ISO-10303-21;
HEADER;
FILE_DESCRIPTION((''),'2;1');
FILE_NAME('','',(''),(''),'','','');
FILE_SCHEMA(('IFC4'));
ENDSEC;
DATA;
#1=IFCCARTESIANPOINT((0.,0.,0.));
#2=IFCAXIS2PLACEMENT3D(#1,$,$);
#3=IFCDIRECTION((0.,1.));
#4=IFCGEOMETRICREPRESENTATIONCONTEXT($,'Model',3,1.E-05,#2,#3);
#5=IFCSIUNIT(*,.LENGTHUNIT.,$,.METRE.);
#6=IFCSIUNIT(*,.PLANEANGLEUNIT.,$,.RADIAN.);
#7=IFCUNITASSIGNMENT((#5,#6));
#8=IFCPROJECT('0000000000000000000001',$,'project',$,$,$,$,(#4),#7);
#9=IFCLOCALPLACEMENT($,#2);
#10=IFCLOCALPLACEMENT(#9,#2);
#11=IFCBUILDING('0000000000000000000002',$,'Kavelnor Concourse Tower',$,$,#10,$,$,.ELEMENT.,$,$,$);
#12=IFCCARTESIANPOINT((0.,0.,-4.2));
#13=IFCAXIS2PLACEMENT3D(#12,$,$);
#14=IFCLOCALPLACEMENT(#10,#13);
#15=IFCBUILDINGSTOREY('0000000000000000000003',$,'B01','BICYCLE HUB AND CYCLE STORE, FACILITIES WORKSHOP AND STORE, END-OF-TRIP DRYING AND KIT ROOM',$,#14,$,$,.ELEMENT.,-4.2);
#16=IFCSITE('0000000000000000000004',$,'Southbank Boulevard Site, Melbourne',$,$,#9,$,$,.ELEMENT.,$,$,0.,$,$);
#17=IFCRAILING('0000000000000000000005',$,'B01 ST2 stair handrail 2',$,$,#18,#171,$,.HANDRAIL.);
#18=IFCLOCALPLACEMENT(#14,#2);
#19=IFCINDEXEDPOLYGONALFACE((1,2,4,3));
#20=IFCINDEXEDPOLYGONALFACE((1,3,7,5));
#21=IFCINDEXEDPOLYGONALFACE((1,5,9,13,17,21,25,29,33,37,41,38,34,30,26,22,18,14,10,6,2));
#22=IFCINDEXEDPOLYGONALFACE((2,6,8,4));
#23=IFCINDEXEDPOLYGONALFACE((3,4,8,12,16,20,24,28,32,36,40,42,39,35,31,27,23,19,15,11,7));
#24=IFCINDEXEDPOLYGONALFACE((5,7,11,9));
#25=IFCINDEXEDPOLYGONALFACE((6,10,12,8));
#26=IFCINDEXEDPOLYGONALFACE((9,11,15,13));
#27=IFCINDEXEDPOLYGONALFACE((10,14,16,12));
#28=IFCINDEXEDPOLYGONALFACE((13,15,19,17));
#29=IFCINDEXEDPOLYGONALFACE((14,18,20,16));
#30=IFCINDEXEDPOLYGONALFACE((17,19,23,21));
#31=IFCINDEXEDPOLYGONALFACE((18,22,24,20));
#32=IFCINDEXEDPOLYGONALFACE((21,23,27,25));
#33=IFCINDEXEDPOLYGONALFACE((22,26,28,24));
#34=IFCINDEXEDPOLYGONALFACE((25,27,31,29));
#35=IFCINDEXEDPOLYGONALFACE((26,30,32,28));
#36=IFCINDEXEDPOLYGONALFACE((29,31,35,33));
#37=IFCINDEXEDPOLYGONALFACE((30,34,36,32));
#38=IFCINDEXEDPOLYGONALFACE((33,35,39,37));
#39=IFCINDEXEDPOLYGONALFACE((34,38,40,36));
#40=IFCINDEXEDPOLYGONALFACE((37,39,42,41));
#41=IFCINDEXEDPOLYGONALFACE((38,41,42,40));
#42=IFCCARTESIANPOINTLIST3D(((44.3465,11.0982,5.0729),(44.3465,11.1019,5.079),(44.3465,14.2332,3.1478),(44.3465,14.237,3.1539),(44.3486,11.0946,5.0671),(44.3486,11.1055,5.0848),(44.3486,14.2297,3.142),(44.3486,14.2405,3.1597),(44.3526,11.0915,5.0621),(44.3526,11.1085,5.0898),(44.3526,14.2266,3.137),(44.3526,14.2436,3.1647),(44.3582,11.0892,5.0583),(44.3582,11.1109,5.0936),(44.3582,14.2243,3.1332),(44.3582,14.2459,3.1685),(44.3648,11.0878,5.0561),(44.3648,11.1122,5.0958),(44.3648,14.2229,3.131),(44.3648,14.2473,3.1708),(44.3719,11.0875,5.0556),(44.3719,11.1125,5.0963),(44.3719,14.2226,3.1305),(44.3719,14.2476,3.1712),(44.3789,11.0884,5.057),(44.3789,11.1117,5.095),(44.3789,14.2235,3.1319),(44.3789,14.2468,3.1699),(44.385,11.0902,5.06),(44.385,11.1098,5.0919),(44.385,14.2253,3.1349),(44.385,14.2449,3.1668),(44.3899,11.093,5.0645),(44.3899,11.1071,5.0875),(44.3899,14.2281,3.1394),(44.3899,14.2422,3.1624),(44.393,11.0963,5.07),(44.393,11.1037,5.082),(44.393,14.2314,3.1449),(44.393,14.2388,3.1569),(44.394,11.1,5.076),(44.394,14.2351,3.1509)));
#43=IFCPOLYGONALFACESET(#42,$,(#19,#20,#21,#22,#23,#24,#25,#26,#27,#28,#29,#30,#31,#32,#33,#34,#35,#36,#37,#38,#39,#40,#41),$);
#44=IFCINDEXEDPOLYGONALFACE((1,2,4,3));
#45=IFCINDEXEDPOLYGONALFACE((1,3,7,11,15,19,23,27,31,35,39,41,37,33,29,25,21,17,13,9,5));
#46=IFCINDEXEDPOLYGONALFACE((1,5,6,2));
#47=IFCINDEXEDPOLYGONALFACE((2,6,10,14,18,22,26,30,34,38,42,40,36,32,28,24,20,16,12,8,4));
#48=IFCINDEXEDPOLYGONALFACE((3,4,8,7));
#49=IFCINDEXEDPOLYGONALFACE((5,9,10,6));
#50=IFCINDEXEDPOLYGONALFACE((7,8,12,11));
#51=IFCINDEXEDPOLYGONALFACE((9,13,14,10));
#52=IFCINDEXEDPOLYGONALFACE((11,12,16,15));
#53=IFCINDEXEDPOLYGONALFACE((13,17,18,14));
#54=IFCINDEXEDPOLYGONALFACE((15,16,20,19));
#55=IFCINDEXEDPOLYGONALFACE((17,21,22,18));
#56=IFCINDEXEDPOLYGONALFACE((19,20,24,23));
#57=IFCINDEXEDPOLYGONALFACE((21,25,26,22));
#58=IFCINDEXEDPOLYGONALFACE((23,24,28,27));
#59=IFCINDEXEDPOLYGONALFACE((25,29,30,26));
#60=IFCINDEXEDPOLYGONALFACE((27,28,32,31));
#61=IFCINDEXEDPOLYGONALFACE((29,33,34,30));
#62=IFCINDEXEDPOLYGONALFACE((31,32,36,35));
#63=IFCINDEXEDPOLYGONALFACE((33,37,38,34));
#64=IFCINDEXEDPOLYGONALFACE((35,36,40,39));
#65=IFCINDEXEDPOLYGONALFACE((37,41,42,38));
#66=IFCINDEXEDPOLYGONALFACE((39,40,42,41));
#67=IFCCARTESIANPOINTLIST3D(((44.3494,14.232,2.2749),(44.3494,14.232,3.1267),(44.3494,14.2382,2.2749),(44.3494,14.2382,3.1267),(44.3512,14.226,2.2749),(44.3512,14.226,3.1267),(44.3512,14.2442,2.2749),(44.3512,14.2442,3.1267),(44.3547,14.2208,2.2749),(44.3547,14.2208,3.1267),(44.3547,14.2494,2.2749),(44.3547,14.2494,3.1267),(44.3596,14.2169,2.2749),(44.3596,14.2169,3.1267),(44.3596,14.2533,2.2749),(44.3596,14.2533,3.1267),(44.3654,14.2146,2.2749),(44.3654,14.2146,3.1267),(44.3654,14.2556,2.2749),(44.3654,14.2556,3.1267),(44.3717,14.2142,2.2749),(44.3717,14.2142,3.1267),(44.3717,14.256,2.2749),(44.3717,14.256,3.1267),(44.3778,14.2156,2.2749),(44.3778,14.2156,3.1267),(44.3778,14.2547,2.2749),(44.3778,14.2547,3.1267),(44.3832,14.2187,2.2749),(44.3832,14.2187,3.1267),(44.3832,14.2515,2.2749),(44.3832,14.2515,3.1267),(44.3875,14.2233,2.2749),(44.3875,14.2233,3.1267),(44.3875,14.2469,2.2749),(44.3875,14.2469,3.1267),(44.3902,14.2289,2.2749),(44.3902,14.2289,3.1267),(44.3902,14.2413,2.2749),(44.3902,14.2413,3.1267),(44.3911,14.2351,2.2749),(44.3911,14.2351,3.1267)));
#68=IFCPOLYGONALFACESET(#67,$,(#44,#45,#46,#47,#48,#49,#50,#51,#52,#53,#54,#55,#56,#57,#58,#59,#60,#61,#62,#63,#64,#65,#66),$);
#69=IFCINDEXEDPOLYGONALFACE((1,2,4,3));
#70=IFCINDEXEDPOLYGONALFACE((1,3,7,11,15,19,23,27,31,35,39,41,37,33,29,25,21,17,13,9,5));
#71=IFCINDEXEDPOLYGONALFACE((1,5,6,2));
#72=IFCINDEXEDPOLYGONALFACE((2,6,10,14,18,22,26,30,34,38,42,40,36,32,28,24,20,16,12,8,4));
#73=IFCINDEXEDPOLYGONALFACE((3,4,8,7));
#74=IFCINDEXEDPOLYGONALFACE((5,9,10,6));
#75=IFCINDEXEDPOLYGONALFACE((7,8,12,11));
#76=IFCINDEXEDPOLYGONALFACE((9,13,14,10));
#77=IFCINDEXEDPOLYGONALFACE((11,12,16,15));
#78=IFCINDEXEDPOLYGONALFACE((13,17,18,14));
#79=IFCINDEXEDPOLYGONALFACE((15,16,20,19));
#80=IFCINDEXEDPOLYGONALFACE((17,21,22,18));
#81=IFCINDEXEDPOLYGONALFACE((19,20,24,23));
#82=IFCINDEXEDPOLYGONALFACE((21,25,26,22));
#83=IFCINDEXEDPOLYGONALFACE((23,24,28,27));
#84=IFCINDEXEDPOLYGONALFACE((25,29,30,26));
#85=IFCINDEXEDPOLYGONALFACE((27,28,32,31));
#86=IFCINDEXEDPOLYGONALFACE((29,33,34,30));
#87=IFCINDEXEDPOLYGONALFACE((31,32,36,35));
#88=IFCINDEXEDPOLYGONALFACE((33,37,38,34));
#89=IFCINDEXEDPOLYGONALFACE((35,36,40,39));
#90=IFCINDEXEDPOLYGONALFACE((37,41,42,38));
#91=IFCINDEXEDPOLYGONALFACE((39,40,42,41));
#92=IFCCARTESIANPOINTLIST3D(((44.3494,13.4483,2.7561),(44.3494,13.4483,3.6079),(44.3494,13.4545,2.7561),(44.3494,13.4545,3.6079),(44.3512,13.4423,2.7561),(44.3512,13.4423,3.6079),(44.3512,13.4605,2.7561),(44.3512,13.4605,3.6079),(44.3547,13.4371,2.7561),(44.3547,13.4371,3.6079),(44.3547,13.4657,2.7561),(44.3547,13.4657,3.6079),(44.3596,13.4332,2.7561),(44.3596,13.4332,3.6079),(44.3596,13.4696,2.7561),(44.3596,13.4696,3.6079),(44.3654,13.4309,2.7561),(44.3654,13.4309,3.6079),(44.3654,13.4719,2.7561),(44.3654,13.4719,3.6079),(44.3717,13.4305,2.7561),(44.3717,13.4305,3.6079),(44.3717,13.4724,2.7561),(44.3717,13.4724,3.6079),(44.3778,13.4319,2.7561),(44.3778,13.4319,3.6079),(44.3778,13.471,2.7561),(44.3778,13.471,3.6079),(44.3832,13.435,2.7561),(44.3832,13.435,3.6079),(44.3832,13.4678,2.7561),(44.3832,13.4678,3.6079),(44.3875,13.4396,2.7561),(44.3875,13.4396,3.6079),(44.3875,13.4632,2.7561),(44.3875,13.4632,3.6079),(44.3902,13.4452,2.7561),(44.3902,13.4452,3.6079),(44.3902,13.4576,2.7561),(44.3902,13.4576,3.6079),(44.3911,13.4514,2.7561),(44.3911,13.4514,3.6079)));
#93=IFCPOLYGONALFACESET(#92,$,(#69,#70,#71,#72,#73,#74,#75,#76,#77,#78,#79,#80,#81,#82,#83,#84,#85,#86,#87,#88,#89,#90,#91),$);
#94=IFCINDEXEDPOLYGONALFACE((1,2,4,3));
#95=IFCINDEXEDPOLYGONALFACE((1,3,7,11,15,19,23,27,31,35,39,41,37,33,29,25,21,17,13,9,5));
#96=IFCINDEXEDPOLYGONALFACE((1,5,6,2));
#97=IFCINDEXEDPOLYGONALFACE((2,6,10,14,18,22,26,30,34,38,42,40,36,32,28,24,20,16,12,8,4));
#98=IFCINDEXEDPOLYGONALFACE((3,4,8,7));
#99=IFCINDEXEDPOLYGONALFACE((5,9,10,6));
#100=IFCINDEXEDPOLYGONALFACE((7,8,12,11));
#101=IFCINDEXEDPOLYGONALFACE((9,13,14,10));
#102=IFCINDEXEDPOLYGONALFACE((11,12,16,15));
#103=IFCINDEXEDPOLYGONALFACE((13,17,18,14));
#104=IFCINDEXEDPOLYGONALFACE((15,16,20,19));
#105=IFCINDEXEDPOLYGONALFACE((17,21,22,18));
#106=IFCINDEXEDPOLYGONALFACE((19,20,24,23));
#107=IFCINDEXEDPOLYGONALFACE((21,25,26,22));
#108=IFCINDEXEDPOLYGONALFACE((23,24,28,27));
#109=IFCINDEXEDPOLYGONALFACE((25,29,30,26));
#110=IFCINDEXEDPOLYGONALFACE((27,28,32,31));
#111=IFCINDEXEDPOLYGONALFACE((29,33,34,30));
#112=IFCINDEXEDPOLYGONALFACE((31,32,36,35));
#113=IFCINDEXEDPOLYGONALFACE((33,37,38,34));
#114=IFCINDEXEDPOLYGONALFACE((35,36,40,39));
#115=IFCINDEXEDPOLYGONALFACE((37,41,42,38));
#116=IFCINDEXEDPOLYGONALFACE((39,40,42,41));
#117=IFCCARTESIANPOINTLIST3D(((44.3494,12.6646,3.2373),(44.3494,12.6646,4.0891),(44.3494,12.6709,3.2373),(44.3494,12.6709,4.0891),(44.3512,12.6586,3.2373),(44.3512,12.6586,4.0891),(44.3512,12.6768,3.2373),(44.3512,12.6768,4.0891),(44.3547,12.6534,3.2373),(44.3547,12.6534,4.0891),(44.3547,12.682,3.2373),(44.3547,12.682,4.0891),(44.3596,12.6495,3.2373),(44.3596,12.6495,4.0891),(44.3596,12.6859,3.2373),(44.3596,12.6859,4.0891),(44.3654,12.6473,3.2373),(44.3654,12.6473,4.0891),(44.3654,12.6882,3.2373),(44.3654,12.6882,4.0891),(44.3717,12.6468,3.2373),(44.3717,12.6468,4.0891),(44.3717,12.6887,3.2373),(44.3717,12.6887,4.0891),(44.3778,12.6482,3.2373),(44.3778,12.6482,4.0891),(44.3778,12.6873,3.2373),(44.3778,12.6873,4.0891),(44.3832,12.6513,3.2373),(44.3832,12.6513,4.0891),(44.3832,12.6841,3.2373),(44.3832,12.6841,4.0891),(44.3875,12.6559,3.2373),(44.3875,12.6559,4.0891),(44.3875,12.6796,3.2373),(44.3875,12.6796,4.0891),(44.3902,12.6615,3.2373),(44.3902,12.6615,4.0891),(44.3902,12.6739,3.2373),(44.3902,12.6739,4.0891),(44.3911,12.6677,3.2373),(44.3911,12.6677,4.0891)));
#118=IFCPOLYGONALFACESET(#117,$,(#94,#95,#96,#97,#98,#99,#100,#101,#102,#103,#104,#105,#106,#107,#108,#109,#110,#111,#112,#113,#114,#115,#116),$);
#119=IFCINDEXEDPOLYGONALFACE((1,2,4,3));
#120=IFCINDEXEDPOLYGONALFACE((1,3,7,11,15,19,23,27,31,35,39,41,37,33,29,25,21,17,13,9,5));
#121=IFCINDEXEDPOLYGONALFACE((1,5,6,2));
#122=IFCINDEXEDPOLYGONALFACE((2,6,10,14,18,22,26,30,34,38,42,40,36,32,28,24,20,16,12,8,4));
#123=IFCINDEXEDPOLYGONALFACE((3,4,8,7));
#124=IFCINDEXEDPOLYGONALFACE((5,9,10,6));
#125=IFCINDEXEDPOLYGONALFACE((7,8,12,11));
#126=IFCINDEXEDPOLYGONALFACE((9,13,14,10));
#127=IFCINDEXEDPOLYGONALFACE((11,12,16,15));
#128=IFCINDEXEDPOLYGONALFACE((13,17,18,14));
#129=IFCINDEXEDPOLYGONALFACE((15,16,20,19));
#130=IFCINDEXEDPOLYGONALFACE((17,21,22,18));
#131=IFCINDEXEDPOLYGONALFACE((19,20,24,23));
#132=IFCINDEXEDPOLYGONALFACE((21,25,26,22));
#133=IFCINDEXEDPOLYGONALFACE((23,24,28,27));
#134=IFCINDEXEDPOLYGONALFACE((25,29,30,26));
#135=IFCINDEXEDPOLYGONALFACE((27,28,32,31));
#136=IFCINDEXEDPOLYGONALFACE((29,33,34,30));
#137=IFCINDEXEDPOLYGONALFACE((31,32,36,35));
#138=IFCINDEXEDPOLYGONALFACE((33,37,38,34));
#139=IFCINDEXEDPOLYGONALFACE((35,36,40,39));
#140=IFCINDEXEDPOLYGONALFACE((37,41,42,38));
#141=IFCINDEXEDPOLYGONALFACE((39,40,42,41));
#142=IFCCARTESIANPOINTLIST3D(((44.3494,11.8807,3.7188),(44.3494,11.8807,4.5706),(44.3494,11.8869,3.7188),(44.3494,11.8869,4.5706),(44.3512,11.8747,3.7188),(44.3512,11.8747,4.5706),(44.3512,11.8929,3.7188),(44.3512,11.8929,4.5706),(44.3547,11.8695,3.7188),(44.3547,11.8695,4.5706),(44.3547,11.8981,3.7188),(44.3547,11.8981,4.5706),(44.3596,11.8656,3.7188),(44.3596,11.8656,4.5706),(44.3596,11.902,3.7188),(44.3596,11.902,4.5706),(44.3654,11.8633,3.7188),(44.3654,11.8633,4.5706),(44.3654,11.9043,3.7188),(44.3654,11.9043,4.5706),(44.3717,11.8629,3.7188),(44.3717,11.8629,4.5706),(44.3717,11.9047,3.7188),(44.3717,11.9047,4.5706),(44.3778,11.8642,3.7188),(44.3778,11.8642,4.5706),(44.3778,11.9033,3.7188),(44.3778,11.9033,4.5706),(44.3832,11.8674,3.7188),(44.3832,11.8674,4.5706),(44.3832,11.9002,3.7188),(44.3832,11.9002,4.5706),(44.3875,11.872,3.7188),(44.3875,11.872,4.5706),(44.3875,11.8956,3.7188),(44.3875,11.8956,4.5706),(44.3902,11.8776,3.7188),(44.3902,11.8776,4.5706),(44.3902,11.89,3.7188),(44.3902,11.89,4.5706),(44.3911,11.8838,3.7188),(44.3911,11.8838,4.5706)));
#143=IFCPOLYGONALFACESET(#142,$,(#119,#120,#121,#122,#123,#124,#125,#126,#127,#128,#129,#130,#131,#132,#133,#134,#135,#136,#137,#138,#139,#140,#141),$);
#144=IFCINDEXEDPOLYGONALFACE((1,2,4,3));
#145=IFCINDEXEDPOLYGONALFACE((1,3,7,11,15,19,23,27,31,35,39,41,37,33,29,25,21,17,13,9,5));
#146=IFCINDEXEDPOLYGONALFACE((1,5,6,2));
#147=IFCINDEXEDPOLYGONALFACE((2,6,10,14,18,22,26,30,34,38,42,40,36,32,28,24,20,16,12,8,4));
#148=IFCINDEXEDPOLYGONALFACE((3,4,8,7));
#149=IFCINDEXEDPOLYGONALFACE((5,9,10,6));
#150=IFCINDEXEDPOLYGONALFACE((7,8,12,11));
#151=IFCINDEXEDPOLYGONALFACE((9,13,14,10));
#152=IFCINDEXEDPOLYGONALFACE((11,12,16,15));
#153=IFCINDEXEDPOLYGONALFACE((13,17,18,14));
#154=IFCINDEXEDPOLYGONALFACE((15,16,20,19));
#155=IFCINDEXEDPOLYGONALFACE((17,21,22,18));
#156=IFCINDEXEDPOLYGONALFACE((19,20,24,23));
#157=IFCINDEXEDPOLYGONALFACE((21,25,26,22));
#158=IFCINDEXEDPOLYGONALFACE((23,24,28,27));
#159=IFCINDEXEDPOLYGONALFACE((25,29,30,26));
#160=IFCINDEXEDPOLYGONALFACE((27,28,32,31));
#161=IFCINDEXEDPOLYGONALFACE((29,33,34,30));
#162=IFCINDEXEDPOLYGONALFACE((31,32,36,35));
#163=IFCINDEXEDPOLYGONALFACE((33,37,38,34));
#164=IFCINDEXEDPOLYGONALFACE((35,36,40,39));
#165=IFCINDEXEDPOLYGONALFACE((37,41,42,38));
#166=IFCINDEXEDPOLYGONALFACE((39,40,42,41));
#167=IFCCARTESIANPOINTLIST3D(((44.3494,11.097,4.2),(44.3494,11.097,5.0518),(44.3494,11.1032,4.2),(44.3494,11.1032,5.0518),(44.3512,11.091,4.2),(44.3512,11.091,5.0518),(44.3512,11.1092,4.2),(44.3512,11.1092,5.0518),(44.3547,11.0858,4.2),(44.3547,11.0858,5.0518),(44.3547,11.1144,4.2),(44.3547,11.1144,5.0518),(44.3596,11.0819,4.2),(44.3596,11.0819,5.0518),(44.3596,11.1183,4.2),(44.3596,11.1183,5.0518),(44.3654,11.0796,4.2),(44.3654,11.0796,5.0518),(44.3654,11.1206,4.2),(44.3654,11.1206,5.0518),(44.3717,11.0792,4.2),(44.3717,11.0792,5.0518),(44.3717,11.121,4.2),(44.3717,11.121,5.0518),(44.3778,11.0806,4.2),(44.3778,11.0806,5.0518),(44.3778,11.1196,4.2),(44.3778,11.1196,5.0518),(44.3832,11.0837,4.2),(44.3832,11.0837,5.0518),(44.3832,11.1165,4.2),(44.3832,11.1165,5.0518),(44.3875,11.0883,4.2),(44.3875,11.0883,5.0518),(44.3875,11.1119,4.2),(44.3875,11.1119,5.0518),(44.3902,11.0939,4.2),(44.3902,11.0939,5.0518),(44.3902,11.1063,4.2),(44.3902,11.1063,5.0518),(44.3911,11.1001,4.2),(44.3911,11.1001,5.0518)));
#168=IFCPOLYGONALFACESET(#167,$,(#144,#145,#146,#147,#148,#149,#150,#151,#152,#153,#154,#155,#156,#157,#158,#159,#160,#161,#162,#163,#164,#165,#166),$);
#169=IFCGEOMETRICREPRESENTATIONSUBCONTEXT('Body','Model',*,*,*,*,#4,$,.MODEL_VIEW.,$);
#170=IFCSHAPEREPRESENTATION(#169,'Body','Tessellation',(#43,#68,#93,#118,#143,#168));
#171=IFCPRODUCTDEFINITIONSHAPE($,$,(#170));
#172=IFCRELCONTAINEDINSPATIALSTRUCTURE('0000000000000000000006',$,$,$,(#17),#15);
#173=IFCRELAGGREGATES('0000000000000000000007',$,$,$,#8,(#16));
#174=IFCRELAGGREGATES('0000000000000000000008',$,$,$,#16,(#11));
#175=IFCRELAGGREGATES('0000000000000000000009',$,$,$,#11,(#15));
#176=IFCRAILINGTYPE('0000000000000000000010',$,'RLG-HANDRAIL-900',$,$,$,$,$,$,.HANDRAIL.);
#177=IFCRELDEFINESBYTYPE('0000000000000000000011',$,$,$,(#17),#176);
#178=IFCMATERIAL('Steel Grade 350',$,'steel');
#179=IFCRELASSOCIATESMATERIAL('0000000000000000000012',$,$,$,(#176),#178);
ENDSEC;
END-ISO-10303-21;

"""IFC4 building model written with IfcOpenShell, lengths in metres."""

from ifc_helpers import new_model, si_unit, direction, frame, origin, origin_2d, place, context, subcontext, project, spatial, circle, extrude, material, type_object, element, save


model = new_model("IFC4")

# Units and contexts
model_context = context("Model", 3, precision=1e-05, world=origin(), true_north=direction((0.0, 1.0)))
body_context = subcontext(model_context, "Body", "Model", "MODEL_VIEW")
ifc_project = project(units=[si_unit("LENGTHUNIT", "METRE"), si_unit("PLANEANGLEUNIT", "RADIAN")], contexts=[model_context])

# Site, building, storey
site_placement = place(None, origin())
site = spatial("IfcSite", under=ifc_project, at=site_placement, Name="Southbank Boulevard Site, Melbourne", CompositionType="ELEMENT", RefElevation=0.0)
building_placement = place(site_placement, origin())
building = spatial("IfcBuilding", under=site, at=building_placement, Name="Kavelnor Concourse Tower", CompositionType="ELEMENT")
storey_placement = place(building_placement, frame((0.0, 0.0, -4.2)))
storey = spatial("IfcBuildingStorey", under=building, at=storey_placement, Name="B01", Description="BICYCLE HUB AND CYCLE STORE, FACILITIES WORKSHOP AND STORE, END-OF-TRIP DRYING AND KIT ROOM", CompositionType="ELEMENT", Elevation=-4.2)

# Shared definitions
ifc_material_1 = material(Name="Steel Grade 350", Category="steel")

# Railing
railing_type_1 = type_object("IfcRailingType", Name="RLG-HANDRAIL-900", PredefinedType="HANDRAIL", material=ifc_material_1)
railing_1_placement = place(storey_placement, frame((44.3701, 14.2351, 2.2749)))
element("IfcRailing", 1, at=railing_1_placement, inside=storey, type_object=railing_type_1, Name="B01 ST2 stair handrail 2", PredefinedType="HANDRAIL", context=body_context, shape_type="SweptSolid", body=[
    extrude(circle(Radius=0.0239, at=origin_2d()), frame((0.0, 0.0, 0.876), z_axis=(0.0, -0.852166, 0.523271), x_axis=(1.0, 0.0, 0.0)), (0.0, 0.0, 1.0), 3.679),
    extrude(circle(Radius=0.021, at=origin_2d()), origin(), (0.0, 0.0, 1.0), 0.8518),
    extrude(circle(Radius=0.021, at=origin_2d()), frame((0.0, -0.7837, 0.4812)), (0.0, 0.0, 1.0), 0.8518),
    extrude(circle(Radius=0.021, at=origin_2d()), frame((0.0, -1.5674, 0.9624)), (0.0, 0.0, 1.0), 0.8518),
    extrude(circle(Radius=0.021, at=origin_2d()), frame((0.0, -2.3513, 1.4438)), (0.0, 0.0, 1.0), 0.8518),
    extrude(circle(Radius=0.021, at=origin_2d()), frame((0.0, -3.135, 1.925)), (0.0, 0.0, 1.0), 0.8518),
])

save(model, "model.ifc")
